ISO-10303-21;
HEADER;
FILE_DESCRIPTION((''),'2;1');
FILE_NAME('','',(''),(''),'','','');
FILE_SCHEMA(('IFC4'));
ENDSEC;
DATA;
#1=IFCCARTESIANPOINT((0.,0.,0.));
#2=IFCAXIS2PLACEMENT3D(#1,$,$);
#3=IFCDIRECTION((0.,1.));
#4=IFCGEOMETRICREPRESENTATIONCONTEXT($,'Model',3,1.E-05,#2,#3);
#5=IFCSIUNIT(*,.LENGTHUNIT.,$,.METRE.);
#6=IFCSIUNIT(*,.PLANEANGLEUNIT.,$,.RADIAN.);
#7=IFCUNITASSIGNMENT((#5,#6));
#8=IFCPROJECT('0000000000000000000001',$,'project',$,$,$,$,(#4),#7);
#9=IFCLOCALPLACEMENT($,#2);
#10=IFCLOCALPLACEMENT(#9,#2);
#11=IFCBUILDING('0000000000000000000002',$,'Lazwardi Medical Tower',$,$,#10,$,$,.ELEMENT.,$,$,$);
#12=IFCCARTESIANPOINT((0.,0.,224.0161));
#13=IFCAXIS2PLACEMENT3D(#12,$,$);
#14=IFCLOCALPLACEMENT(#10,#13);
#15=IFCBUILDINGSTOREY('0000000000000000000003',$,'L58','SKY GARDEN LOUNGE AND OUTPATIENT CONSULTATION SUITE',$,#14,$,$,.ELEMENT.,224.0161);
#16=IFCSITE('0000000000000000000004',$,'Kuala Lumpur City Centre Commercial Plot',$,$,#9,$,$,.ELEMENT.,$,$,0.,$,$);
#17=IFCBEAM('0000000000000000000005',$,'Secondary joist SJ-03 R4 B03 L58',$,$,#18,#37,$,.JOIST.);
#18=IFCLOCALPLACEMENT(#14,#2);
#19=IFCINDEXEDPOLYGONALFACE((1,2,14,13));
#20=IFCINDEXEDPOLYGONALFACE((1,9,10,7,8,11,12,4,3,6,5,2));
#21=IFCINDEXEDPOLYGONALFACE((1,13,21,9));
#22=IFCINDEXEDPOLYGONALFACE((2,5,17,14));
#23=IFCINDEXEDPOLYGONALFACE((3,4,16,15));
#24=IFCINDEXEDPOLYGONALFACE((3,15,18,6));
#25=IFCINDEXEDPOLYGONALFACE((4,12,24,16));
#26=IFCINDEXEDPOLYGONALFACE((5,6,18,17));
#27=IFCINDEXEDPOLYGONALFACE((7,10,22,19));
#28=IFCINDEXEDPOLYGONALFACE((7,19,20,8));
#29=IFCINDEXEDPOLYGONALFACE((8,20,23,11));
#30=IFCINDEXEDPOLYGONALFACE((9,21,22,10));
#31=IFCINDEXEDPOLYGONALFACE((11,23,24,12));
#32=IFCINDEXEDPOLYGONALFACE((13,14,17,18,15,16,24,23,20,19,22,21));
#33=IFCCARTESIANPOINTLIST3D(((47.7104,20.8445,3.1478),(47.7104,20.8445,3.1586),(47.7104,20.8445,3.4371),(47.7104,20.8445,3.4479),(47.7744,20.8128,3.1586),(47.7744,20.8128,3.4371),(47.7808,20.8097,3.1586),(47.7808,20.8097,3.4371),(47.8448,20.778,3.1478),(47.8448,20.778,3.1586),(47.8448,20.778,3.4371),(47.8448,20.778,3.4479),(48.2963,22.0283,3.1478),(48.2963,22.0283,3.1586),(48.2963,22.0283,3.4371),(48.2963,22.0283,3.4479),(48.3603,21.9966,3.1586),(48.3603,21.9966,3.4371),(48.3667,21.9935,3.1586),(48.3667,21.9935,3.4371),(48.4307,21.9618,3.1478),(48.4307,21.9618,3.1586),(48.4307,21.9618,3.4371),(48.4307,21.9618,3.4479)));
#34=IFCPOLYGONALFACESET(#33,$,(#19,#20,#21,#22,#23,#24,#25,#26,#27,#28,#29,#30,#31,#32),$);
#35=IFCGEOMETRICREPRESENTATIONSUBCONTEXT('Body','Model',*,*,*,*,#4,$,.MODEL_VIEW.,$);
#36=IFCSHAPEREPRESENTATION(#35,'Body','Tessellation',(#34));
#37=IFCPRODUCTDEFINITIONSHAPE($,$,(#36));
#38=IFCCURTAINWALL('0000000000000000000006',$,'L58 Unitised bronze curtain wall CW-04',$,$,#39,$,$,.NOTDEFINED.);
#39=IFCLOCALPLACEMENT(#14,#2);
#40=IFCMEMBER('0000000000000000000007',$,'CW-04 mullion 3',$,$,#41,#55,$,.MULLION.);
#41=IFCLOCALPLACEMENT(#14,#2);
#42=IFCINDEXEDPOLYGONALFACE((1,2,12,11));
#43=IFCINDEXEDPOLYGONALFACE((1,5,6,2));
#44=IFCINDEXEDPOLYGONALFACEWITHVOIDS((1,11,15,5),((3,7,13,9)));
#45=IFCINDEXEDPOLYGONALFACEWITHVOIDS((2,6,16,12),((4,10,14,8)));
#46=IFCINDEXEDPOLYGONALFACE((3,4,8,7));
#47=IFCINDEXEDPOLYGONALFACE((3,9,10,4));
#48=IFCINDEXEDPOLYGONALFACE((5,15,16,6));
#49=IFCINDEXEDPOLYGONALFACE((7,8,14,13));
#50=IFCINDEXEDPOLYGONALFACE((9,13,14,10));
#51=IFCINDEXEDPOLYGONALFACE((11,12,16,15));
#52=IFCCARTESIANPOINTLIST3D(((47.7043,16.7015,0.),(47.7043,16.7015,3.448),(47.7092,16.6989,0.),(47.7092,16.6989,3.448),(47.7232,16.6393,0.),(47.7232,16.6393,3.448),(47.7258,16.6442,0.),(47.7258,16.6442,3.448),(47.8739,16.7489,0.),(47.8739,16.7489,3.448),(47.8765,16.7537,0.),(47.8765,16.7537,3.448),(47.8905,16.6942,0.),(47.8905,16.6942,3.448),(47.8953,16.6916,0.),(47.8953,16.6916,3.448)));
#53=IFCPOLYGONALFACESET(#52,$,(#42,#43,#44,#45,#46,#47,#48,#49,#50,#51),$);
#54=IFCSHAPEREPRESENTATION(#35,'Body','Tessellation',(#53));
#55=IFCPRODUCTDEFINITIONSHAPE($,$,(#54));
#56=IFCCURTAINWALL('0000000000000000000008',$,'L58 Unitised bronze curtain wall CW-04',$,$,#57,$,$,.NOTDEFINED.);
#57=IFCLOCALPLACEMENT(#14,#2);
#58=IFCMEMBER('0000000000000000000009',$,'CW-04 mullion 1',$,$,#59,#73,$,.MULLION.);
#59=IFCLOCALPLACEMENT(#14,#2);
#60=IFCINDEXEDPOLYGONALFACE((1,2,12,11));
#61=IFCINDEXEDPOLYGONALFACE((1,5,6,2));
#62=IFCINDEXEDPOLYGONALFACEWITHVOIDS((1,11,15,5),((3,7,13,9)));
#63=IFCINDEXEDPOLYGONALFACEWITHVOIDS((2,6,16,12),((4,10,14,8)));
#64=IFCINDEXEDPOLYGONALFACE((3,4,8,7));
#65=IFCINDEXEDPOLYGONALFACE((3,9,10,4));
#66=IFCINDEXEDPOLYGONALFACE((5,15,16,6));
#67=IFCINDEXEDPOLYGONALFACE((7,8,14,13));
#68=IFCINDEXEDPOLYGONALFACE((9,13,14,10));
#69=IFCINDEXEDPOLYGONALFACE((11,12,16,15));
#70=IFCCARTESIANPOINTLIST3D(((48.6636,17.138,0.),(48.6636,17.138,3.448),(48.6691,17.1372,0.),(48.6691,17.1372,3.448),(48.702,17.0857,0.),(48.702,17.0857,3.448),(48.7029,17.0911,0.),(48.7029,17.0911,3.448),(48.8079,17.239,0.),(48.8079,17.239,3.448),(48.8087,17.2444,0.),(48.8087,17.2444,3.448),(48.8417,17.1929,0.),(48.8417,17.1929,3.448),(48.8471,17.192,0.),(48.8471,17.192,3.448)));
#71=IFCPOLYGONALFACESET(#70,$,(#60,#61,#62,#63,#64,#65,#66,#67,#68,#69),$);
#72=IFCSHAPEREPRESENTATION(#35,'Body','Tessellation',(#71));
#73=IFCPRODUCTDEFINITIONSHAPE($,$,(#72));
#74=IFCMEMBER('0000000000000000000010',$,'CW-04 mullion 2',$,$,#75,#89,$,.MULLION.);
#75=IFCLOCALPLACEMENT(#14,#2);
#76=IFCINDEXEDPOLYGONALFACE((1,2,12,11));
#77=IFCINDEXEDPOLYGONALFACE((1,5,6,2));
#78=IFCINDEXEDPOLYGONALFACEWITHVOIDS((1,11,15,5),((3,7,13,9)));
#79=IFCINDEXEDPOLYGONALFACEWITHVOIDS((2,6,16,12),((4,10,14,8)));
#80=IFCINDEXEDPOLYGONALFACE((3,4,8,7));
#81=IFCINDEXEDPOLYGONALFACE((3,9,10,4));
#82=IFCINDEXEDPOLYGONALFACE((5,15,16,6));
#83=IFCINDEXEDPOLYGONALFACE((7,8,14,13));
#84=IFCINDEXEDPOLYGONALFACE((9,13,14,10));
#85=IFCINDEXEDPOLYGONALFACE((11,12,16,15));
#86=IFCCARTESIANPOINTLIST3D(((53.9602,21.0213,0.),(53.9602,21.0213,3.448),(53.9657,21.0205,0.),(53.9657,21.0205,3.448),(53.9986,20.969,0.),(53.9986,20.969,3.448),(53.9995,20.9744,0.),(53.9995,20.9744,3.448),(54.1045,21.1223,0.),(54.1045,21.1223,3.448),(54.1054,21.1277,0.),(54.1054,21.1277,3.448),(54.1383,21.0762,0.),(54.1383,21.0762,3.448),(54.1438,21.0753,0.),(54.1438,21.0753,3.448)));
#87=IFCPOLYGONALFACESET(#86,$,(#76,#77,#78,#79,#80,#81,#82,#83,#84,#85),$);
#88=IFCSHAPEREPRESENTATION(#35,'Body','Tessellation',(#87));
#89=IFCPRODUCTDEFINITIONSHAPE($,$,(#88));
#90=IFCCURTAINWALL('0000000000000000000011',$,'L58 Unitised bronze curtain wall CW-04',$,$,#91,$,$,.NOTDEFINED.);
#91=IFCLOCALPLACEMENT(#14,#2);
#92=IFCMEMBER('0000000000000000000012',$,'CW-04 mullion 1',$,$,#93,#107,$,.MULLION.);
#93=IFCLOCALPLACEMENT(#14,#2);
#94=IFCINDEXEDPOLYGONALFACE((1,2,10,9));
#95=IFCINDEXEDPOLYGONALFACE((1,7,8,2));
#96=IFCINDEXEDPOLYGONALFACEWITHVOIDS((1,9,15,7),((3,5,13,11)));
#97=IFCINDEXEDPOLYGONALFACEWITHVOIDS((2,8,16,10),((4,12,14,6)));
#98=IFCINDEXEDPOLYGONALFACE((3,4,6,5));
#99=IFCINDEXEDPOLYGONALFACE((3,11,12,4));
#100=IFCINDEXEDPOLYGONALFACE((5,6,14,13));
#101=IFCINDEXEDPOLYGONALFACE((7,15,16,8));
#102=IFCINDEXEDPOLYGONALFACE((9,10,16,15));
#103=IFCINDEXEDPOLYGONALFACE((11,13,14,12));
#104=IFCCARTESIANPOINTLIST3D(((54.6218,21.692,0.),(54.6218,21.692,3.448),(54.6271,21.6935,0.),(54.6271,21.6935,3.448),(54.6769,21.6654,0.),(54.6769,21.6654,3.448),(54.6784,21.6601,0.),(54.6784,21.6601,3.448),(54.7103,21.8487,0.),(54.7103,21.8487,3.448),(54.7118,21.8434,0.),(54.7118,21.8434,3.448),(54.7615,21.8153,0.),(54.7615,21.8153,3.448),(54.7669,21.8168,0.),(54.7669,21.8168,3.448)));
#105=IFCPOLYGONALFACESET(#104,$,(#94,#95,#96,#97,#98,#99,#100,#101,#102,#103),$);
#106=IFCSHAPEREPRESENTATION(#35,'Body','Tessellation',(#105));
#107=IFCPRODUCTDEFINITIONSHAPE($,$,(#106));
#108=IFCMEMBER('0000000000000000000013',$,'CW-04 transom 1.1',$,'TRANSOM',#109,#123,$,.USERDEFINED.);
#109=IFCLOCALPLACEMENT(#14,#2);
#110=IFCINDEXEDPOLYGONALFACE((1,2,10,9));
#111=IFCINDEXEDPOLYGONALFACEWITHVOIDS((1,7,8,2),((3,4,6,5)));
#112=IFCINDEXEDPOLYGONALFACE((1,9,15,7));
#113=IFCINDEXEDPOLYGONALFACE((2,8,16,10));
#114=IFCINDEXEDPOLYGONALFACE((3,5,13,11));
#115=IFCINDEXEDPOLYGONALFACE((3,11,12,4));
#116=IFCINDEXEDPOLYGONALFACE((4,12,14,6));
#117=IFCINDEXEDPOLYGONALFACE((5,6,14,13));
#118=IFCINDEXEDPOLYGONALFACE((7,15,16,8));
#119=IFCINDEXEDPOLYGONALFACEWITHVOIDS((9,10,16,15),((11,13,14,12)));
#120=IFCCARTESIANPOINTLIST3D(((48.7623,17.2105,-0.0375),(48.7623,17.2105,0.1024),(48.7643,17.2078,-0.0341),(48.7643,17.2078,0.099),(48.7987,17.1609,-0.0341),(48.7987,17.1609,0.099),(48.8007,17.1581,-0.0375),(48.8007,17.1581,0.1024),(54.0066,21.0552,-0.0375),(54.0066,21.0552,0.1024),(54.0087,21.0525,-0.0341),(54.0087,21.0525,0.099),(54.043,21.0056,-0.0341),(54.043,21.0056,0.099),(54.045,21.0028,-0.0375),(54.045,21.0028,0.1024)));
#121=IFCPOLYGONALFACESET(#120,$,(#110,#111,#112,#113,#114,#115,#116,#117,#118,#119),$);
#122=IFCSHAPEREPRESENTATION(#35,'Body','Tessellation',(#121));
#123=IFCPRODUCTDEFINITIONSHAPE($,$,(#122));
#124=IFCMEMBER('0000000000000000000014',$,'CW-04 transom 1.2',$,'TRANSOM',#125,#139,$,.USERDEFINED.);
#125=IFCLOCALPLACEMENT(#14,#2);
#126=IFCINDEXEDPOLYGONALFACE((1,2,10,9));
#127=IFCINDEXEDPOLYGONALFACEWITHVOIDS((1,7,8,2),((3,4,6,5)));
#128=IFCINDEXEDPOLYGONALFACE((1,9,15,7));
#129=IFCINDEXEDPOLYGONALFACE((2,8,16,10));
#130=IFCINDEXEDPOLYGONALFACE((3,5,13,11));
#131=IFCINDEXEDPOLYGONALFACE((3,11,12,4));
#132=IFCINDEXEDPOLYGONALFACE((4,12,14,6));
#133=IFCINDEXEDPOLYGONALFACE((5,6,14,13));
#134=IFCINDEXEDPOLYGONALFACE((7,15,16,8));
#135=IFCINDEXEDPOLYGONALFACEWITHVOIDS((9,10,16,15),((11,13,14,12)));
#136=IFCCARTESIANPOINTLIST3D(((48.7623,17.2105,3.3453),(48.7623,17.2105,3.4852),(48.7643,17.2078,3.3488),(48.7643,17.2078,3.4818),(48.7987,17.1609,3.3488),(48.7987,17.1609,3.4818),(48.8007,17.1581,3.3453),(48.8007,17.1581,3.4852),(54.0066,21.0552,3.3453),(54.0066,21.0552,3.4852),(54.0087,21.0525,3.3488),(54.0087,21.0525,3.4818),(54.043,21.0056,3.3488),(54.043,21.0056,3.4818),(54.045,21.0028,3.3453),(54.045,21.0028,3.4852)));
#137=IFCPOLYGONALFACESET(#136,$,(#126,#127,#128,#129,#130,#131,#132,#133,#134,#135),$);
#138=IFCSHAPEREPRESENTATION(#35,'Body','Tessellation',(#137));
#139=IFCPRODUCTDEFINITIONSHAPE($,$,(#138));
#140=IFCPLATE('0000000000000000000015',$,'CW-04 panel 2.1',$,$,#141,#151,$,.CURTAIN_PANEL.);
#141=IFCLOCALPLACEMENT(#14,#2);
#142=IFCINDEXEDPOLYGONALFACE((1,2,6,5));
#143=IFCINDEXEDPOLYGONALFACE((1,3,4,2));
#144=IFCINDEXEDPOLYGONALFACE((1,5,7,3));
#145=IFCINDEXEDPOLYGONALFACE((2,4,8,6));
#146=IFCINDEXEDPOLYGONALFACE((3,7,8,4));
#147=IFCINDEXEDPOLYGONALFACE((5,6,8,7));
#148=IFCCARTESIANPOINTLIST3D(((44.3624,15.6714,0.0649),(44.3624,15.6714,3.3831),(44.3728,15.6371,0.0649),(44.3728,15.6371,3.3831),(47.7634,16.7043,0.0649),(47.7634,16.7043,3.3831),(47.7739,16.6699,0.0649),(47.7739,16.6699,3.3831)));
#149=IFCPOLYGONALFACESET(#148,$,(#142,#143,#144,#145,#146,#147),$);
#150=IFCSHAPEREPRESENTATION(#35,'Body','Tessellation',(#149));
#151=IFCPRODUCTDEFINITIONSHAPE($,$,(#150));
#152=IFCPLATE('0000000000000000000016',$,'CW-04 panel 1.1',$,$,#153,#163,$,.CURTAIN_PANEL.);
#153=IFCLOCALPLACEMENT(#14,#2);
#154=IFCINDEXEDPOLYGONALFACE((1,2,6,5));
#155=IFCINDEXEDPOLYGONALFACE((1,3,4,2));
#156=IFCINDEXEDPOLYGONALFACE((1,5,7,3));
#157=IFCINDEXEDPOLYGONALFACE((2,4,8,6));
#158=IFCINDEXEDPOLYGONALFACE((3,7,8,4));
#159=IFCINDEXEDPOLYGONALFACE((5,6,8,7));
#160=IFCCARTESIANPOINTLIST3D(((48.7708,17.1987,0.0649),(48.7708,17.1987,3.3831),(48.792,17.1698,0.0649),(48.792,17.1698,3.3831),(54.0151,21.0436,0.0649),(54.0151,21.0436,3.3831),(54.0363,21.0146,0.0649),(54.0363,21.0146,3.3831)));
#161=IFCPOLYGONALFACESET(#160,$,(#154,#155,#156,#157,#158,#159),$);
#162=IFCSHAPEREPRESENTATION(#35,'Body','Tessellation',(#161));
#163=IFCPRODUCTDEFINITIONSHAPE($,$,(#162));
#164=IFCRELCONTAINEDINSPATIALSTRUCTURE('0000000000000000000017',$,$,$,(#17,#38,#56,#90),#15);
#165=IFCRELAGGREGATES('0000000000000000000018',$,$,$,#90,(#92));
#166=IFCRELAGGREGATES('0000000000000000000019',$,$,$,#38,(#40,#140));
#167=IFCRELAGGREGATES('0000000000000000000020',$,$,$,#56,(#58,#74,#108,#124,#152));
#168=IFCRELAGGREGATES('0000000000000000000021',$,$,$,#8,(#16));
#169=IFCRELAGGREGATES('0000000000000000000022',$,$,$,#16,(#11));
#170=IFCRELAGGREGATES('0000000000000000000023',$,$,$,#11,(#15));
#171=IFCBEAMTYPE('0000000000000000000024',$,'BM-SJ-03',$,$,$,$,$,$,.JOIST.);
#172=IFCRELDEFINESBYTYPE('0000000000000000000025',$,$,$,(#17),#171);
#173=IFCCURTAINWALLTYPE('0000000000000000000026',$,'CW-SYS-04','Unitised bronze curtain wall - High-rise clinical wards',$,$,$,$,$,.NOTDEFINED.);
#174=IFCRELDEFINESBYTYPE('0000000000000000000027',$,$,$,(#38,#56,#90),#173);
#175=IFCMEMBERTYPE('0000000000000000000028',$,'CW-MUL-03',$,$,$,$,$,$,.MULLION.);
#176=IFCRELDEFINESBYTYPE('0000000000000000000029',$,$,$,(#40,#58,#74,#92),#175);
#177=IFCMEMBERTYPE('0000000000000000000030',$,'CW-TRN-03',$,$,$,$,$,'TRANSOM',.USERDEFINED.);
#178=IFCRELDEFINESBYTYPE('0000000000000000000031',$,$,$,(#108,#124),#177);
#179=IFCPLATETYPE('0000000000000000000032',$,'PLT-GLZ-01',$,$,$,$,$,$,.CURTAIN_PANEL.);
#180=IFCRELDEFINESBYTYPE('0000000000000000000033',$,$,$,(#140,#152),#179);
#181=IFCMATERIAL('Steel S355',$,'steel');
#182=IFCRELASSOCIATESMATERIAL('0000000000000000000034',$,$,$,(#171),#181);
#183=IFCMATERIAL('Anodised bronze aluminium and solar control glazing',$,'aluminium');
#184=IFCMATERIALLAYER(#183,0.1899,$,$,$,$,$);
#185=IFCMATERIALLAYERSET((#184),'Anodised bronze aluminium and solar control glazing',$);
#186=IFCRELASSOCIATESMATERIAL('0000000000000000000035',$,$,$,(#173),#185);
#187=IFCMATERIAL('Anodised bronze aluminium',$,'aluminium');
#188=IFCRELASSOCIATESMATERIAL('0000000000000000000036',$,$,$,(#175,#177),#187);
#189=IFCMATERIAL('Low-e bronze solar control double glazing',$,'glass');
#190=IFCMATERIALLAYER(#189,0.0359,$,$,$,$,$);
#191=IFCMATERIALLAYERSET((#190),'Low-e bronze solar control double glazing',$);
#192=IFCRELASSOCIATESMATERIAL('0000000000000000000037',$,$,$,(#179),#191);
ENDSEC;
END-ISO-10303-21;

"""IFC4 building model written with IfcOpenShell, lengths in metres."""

from ifc_helpers import new_model, si_unit, direction, frame, origin, origin_2d, place, context, subcontext, project, spatial, rectangle, hollow_rectangle, i_section, extrude, material, layer, layer_set, material_profile, profile_set, type_object, element, aggregate, save


model = new_model("IFC4")

# Units and contexts
model_context = context("Model", 3, precision=1e-05, world=origin(), true_north=direction((0.0, 1.0)))
body_context = subcontext(model_context, "Body", "Model", "MODEL_VIEW")
ifc_project = project(units=[si_unit("LENGTHUNIT", "METRE"), si_unit("PLANEANGLEUNIT", "RADIAN")], contexts=[model_context])

# Site, building, storey
site_placement = place(None, origin())
site = spatial("IfcSite", under=ifc_project, at=site_placement, Name="Kuala Lumpur City Centre Commercial Plot", CompositionType="ELEMENT", RefElevation=0.0)
building_placement = place(site_placement, origin())
building = spatial("IfcBuilding", under=site, at=building_placement, Name="Lazwardi Medical Tower", CompositionType="ELEMENT")
storey_placement = place(building_placement, frame((0.0, 0.0, 224.0161)))
storey = spatial("IfcBuildingStorey", under=building, at=storey_placement, Name="L58", Description="SKY GARDEN LOUNGE AND OUTPATIENT CONSULTATION SUITE", CompositionType="ELEMENT", Elevation=224.0161)

# Beam
ifc_material_1 = material(Name="Steel S355", Category="steel")
ifc_material_profile_1 = material_profile(ifc_material_1, i_section(OverallWidth=0.1499, OverallDepth=0.3, WebThickness=0.0071, FlangeThickness=0.0107, at=origin_2d()), Name="IPE 300")
ifc_profile_set_1 = profile_set([ifc_material_profile_1], Name="Steel S355")
beam_type_1 = type_object("IfcBeamType", Name="BM-SJ-03", PredefinedType="JOIST", material=ifc_profile_set_1)
beam_1_placement = place(storey_placement, frame((47.7776, 20.8113, 3.2979), z_axis=(0.443587, 0.896231, 0.0), x_axis=(-0.896231, 0.443587, 0.0)))
element("IfcBeam", 1, at=beam_1_placement, inside=storey, type_object=beam_type_1, Name="Secondary joist SJ-03 R4 B03 L58", PredefinedType="JOIST", context=body_context, shape_type="SweptSolid", body=[
    extrude(i_section(OverallWidth=0.1499, OverallDepth=0.3, WebThickness=0.0071, FlangeThickness=0.0107, at=origin_2d()), origin(), (0.0, 0.0, 1.0), 1.3208),
])

# Curtain wall, member
ifc_material_2 = material(Name="Anodised bronze aluminium and solar control glazing", Category="aluminium")
ifc_layer_1 = layer(ifc_material_2, 0.1899)
ifc_layer_set_1 = layer_set([ifc_layer_1], Name="Anodised bronze aluminium and solar control glazing")
curtain_wall_type = type_object("IfcCurtainWallType", Name="CW-SYS-04", Description="Unitised bronze curtain wall - High-rise clinical wards", PredefinedType="NOTDEFINED", material=ifc_layer_set_1)
curtain_wall_1_placement = place(storey_placement, origin())
curtain_wall_1 = element("IfcCurtainWall", 2, at=curtain_wall_1_placement, inside=storey, type_object=curtain_wall_type, Name="L58 Unitised bronze curtain wall CW-04", PredefinedType="NOTDEFINED")
ifc_material_3 = material(Name="Anodised bronze aluminium", Category="aluminium")
ifc_material_profile_2 = material_profile(ifc_material_3, hollow_rectangle(XDim=0.0649, YDim=0.1799, WallThickness=0.0039, at=origin_2d()), Name="ALU-MULLION 180x65x4")
ifc_profile_set_2 = profile_set([ifc_material_profile_2], Name="Anodised bronze aluminium")
member_type_1 = type_object("IfcMemberType", Name="CW-MUL-03", PredefinedType="MULLION", material=ifc_profile_set_2)
member_1_placement = place(storey_placement, frame((47.7998, 16.6965, 0.0), z_axis=(0.0, 0.0, 1.0), x_axis=(-0.290582, 0.95685, 0.0)))
member_1 = element("IfcMember", 3, at=member_1_placement, type_object=member_type_1, Name="CW-04 mullion 3", PredefinedType="MULLION", context=body_context, shape_type="SweptSolid", body=[
    extrude(hollow_rectangle(XDim=0.0649, YDim=0.1799, WallThickness=0.0039, at=origin_2d()), origin(), (0.0, 0.0, 1.0), 3.448),
])

# Curtain wall, members
curtain_wall_2_placement = place(storey_placement, origin())
curtain_wall_2 = element("IfcCurtainWall", 4, at=curtain_wall_2_placement, inside=storey, type_object=curtain_wall_type, Name="L58 Unitised bronze curtain wall CW-04", PredefinedType="NOTDEFINED")
member_2_placement = place(storey_placement, frame((48.7554, 17.165, 0.0), z_axis=(0.0, 0.0, 1.0), x_axis=(-0.591268, 0.806475, 0.0)))
member_2 = element("IfcMember", 5, at=member_2_placement, type_object=member_type_1, Name="CW-04 mullion 1", PredefinedType="MULLION", context=body_context, shape_type="SweptSolid", body=[
    extrude(hollow_rectangle(XDim=0.0649, YDim=0.1799, WallThickness=0.0039, at=origin_2d()), origin(), (0.0, 0.0, 1.0), 3.448),
])
member_3_placement = place(storey_placement, frame((54.052, 21.0483, 0.0), z_axis=(0.0, 0.0, 1.0), x_axis=(-0.591268, 0.806475, 0.0)))
member_3 = element("IfcMember", 6, at=member_3_placement, type_object=member_type_1, Name="CW-04 mullion 2", PredefinedType="MULLION", context=body_context, shape_type="SweptSolid", body=[
    extrude(hollow_rectangle(XDim=0.0649, YDim=0.1799, WallThickness=0.0039, at=origin_2d()), origin(), (0.0, 0.0, 1.0), 3.448),
])

# Curtain wall, member
curtain_wall_3_placement = place(storey_placement, origin())
curtain_wall_3 = element("IfcCurtainWall", 7, at=curtain_wall_3_placement, inside=storey, type_object=curtain_wall_type, Name="L58 Unitised bronze curtain wall CW-04", PredefinedType="NOTDEFINED")
member_4_placement = place(storey_placement, frame((54.6943, 21.7544, 0.0), z_axis=(0.0, 0.0, 1.0), x_axis=(-0.870651, 0.4919, 0.0)))
member_4 = element("IfcMember", 8, at=member_4_placement, type_object=member_type_1, Name="CW-04 mullion 1", PredefinedType="MULLION", context=body_context, shape_type="SweptSolid", body=[
    extrude(hollow_rectangle(XDim=0.0649, YDim=0.1799, WallThickness=0.0039, at=origin_2d()), origin(), (0.0, 0.0, 1.0), 3.448),
])
aggregate(curtain_wall_3, [member_4])

# Members
ifc_material_profile_3 = material_profile(ifc_material_3, hollow_rectangle(XDim=0.0649, YDim=0.1399, WallThickness=0.0034, at=origin_2d()), Name="ALU-TRANSOM 140x65x3.5")
ifc_profile_set_3 = profile_set([ifc_material_profile_3], Name="Anodised bronze aluminium")
member_type_2 = type_object("IfcMemberType", Name="CW-TRN-03", ElementType="TRANSOM", PredefinedType="USERDEFINED", material=ifc_profile_set_3)
member_5_placement = place(storey_placement, frame((48.7815, 17.1843, 0.0325), z_axis=(0.80649, 0.591248, 0.0), x_axis=(-0.591248, 0.80649, 0.0)))
member_5 = element("IfcMember", 9, at=member_5_placement, type_object=member_type_2, Name="CW-04 transom 1.1", ObjectType="TRANSOM", PredefinedType="USERDEFINED", context=body_context, shape_type="SweptSolid", body=[
    extrude(hollow_rectangle(XDim=0.0649, YDim=0.1399, WallThickness=0.0034, at=origin_2d()), origin(), (0.0, 0.0, 1.0), 6.5027),
])
member_6_placement = place(storey_placement, frame((48.7815, 17.1843, 3.4153), z_axis=(0.80649, 0.591248, 0.0), x_axis=(-0.591248, 0.80649, 0.0)))
member_6 = element("IfcMember", 10, at=member_6_placement, type_object=member_type_2, Name="CW-04 transom 1.2", ObjectType="TRANSOM", PredefinedType="USERDEFINED", context=body_context, shape_type="SweptSolid", body=[
    extrude(hollow_rectangle(XDim=0.0649, YDim=0.1399, WallThickness=0.0034, at=origin_2d()), origin(), (0.0, 0.0, 1.0), 6.5027),
])

# Plates
ifc_material_4 = material(Name="Low-e bronze solar control double glazing", Category="glass")
ifc_layer_2 = layer(ifc_material_4, 0.0359)
ifc_layer_set_2 = layer_set([ifc_layer_2], Name="Low-e bronze solar control double glazing")
plate_type = type_object("IfcPlateType", Name="PLT-GLZ-01", PredefinedType="CURTAIN_PANEL", material=ifc_layer_set_2)
plate_1_placement = place(storey_placement, frame((46.0681, 16.1707, 0.0649), z_axis=(0.0, 0.0, 1.0), x_axis=(0.95685, 0.290582, 0.0)))
plate_1 = element("IfcPlate", 11, at=plate_1_placement, type_object=plate_type, Name="CW-04 panel 2.1", PredefinedType="CURTAIN_PANEL", context=body_context, shape_type="SweptSolid", body=[
    extrude(rectangle(XDim=3.5544, YDim=0.0359, at=origin_2d()), origin(), (0.0, 0.0, 1.0), 3.3181),
])
aggregate(curtain_wall_1, [member_1, plate_1])
plate_2_placement = place(storey_placement, frame((51.4036, 19.1067, 0.0649), z_axis=(0.0, 0.0, 1.0), x_axis=(0.806475, 0.591268, 0.0)))
plate_2 = element("IfcPlate", 12, at=plate_2_placement, type_object=plate_type, Name="CW-04 panel 1.1", PredefinedType="CURTAIN_PANEL", context=body_context, shape_type="SweptSolid", body=[
    extrude(rectangle(XDim=6.5027, YDim=0.0359, at=origin_2d()), origin(), (0.0, 0.0, 1.0), 3.3181),
])
aggregate(curtain_wall_2, [member_2, member_3, member_5, member_6, plate_2])

save(model, "model.ifc")
